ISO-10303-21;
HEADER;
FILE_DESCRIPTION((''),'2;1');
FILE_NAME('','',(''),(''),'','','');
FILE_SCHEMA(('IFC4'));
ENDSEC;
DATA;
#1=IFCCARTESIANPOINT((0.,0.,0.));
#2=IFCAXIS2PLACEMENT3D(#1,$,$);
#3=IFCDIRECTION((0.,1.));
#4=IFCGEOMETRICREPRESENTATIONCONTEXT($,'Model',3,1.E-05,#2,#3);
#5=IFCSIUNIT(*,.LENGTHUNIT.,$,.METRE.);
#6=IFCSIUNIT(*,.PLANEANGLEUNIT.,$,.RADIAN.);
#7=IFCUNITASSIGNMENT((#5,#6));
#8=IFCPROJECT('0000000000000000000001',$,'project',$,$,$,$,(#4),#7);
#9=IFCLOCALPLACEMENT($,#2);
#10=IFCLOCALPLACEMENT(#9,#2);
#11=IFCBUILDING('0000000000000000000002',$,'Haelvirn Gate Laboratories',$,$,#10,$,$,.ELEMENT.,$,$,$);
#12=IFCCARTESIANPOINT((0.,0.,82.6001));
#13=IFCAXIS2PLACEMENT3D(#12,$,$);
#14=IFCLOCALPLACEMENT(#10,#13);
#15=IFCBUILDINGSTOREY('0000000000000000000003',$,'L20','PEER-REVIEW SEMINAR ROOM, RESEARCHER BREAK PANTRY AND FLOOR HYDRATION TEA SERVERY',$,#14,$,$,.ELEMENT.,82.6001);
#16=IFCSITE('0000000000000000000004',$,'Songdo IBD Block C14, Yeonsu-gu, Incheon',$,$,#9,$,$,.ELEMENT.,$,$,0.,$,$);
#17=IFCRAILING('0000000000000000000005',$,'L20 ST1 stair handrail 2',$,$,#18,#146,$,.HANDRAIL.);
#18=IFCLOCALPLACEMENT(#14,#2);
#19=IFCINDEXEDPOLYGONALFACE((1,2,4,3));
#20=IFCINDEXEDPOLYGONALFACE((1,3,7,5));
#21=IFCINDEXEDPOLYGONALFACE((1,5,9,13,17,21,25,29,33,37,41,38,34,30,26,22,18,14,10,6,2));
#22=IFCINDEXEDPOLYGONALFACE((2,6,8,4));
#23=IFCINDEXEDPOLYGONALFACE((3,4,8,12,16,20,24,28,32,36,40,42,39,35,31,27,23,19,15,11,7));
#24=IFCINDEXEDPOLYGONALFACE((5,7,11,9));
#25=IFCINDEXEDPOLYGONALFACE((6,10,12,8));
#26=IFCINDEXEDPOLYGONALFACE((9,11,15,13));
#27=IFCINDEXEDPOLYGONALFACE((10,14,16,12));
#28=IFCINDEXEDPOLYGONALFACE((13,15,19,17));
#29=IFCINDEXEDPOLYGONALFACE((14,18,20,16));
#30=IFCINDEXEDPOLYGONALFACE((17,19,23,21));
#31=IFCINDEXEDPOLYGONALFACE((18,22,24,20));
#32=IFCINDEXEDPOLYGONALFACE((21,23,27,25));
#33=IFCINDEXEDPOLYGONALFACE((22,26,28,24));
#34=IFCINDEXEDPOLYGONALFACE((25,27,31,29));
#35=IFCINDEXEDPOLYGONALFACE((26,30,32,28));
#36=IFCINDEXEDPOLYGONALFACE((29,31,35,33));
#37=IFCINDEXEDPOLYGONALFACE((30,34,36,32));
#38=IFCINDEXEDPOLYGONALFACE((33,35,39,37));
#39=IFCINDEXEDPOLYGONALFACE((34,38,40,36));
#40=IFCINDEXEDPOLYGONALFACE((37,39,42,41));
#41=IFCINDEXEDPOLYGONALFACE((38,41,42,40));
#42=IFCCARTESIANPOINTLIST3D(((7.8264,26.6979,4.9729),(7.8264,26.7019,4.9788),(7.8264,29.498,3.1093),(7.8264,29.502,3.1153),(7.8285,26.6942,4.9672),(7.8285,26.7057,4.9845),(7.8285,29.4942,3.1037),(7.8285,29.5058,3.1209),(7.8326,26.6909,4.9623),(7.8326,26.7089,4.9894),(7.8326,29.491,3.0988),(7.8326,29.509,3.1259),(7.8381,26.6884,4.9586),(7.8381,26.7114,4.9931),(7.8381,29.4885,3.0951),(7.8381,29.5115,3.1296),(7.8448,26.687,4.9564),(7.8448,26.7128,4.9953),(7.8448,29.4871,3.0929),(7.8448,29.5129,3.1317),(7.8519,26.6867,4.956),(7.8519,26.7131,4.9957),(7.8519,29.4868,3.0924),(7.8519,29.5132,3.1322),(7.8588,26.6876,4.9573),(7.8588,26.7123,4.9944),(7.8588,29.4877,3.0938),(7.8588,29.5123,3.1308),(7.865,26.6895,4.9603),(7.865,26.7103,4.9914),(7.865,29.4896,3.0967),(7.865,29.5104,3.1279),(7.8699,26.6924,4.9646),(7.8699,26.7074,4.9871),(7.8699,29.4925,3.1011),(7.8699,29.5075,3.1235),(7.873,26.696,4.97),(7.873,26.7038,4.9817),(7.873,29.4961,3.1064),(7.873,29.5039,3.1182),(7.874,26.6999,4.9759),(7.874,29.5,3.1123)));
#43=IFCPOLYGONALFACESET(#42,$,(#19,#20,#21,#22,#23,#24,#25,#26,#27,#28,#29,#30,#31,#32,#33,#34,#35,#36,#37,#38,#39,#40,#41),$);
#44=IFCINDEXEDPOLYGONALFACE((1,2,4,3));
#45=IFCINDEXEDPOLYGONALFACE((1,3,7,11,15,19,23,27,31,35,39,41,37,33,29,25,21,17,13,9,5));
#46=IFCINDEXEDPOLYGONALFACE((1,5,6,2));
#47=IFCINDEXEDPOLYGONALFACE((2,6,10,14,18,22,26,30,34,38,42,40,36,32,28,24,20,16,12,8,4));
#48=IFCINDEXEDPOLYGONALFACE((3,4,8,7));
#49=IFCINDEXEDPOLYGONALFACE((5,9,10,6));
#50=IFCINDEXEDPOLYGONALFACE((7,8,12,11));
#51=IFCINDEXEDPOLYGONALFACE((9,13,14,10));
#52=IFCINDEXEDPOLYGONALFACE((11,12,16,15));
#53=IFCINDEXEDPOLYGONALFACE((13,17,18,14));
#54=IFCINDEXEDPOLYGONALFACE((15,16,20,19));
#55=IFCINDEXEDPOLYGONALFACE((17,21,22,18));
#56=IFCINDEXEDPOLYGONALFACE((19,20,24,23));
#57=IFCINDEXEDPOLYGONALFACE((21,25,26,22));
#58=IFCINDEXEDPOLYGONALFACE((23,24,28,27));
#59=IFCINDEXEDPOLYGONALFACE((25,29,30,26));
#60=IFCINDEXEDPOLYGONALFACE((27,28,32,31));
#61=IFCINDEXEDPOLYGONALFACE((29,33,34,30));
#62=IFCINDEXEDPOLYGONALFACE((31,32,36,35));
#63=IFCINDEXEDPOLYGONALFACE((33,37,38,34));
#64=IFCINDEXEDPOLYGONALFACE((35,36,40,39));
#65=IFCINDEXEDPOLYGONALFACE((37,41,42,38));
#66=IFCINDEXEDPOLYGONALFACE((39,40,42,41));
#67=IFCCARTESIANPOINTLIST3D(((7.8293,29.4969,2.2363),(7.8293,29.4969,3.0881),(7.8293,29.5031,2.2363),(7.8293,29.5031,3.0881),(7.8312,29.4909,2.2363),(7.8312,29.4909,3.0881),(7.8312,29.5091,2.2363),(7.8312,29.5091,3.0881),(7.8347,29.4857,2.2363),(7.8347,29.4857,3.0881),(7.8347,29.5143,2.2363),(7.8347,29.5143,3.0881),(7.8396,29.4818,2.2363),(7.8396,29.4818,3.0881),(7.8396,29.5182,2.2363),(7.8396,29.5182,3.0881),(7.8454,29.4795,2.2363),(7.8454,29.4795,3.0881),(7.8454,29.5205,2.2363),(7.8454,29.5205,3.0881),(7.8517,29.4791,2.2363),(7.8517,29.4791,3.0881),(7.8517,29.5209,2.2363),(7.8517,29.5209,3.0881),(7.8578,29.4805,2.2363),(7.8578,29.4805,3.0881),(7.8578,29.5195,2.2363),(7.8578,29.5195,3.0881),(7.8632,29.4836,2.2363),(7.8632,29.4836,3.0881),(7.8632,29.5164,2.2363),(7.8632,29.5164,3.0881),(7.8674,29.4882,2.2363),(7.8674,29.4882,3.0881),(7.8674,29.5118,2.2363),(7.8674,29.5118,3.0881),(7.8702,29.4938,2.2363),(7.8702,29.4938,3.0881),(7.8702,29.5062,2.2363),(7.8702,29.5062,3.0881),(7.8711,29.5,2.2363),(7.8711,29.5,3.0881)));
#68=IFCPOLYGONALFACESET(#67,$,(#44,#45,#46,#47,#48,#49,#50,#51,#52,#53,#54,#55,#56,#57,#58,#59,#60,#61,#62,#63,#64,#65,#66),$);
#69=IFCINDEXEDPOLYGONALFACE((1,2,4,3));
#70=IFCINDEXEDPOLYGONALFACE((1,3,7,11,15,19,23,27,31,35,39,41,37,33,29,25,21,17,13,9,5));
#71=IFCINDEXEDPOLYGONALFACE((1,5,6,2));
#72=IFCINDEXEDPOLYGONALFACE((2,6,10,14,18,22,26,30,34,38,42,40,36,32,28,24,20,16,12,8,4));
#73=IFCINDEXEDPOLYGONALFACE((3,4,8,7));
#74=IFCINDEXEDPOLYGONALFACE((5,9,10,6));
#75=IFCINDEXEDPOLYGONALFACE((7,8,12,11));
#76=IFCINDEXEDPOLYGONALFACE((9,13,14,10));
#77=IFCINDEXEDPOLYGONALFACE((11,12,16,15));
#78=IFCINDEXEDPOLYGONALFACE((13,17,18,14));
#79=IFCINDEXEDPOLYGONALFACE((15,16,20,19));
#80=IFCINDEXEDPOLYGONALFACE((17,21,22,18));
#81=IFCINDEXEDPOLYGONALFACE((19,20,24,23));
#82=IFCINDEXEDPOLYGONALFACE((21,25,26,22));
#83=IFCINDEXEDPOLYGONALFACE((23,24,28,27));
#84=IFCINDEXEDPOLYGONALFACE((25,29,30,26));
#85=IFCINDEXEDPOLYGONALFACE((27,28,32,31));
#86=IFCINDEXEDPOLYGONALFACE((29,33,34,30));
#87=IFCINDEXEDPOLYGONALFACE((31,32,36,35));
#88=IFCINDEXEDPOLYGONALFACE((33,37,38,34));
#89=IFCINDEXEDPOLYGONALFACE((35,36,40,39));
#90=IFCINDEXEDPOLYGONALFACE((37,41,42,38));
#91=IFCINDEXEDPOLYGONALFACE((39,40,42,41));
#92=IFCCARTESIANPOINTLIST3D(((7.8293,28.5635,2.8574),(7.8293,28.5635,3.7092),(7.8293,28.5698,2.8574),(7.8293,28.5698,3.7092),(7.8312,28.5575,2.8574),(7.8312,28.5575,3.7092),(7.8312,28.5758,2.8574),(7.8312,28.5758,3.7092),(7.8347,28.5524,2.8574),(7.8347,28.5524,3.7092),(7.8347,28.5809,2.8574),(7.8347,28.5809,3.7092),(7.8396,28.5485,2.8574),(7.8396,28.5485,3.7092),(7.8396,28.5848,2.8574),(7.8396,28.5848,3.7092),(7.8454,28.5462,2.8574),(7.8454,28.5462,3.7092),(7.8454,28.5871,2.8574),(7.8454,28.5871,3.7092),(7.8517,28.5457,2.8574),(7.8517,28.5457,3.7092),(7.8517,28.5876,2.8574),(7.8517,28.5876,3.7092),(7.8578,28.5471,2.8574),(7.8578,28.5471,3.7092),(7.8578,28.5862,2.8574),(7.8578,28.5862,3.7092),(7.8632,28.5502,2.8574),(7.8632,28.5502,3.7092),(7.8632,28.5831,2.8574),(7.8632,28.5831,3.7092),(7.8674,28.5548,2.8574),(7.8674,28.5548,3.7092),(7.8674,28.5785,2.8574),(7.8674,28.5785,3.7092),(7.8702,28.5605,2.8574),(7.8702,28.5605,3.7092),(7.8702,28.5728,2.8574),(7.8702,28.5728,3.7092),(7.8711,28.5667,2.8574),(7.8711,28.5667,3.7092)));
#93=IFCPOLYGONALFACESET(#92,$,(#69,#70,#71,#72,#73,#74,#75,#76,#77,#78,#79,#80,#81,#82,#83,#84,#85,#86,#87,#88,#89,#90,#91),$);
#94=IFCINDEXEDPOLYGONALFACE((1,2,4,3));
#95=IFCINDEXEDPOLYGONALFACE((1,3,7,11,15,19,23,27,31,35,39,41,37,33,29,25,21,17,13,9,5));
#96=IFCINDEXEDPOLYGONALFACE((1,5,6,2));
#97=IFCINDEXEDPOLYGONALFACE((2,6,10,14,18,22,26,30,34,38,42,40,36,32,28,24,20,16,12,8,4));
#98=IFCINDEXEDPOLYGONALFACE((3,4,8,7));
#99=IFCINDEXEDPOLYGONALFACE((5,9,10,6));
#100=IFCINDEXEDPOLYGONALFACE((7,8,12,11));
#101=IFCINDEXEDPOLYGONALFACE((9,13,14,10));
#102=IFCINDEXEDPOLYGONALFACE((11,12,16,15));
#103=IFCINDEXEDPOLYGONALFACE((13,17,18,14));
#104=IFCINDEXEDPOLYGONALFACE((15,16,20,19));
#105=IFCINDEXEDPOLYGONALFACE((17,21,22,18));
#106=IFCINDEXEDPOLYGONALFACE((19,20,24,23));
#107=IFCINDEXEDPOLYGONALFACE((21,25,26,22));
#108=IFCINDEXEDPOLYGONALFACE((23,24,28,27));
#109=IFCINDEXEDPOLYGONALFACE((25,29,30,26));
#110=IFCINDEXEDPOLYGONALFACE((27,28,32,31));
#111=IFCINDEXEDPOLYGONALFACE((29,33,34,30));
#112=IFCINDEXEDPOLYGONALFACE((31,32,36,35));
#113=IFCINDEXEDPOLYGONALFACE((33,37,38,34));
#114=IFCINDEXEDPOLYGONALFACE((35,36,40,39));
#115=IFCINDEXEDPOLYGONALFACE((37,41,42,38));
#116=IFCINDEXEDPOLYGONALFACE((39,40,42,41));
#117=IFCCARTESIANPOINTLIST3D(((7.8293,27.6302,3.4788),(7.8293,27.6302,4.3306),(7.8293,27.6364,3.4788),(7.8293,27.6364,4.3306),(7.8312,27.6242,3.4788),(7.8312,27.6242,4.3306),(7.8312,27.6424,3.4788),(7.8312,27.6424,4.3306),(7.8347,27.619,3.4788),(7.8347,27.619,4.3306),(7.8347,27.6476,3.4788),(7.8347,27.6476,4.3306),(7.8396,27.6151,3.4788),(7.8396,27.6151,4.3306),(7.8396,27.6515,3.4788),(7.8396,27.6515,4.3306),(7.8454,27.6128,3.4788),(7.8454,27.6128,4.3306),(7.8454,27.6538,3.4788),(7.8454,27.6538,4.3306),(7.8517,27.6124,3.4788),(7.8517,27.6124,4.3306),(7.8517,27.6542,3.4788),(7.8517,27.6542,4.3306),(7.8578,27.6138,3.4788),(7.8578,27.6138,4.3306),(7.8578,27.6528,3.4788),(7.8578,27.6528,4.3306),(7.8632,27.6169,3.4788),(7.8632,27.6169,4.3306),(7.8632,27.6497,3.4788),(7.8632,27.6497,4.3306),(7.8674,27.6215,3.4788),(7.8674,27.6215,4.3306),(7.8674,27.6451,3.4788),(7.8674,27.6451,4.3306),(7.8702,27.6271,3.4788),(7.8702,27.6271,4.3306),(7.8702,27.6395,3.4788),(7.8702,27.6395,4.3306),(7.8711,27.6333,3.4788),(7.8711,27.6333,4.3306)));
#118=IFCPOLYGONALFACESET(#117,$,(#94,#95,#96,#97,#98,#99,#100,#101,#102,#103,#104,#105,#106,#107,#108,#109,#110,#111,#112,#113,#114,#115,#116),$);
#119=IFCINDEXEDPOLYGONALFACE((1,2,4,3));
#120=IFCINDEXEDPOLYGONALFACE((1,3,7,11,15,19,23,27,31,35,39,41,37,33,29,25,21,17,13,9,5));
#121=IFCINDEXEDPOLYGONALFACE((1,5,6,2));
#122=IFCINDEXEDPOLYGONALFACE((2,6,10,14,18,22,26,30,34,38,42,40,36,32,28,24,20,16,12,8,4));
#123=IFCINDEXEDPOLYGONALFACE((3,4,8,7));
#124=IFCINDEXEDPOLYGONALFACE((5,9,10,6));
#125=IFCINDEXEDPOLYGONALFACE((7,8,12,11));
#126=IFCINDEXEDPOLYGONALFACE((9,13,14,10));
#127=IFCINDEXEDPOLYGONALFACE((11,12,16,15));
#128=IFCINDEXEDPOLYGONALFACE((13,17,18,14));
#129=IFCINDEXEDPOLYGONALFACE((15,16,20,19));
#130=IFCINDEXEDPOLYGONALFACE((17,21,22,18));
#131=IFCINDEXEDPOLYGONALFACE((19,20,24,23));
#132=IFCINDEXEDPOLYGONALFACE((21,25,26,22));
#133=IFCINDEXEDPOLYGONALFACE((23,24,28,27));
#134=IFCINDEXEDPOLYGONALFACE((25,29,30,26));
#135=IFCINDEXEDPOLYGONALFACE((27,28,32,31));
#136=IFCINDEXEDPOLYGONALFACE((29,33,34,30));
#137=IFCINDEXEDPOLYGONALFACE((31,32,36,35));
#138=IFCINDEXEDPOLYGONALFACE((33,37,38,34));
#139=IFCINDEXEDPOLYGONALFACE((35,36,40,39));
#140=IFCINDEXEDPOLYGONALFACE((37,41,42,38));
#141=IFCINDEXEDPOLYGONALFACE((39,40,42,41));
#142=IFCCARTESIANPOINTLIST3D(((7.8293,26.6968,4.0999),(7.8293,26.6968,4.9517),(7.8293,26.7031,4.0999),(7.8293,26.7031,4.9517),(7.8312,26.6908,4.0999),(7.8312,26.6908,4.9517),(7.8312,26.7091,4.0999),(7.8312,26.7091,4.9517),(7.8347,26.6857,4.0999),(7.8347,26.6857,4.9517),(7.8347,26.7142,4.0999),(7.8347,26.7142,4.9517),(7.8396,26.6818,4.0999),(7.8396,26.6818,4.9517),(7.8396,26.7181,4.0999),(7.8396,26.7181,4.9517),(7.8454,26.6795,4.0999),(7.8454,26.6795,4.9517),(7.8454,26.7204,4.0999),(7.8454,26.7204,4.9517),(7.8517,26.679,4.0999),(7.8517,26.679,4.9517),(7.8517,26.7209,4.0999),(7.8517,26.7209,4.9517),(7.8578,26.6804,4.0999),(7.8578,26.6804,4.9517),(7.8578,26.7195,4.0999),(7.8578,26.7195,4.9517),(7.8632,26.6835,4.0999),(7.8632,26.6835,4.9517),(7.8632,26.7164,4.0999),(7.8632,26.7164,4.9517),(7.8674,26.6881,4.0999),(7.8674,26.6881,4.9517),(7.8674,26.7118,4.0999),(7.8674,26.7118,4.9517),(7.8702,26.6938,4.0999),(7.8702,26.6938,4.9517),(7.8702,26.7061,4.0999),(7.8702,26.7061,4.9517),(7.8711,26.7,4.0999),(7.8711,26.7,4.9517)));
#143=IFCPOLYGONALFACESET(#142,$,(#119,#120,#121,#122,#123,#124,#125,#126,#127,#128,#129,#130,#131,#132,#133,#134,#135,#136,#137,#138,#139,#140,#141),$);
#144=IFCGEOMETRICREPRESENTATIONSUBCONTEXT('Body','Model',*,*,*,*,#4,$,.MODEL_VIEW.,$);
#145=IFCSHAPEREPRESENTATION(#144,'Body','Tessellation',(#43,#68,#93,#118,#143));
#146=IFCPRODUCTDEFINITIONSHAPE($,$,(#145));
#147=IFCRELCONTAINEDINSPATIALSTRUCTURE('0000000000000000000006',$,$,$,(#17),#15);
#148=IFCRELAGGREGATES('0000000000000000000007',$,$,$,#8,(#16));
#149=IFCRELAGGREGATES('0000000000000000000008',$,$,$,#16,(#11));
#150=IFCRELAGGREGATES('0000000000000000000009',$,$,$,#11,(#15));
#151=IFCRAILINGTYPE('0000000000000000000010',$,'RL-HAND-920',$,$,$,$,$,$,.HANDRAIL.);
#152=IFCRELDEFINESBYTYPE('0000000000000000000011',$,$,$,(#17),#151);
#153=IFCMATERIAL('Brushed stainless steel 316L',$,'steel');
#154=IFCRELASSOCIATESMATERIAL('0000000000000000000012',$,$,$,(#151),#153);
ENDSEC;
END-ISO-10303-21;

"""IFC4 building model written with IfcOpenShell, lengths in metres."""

from ifc_helpers import new_model, si_unit, direction, frame, origin, origin_2d, place, context, subcontext, project, spatial, circle, extrude, source, transform, mapped, material, type_object, element, save


model = new_model("IFC4")

# Units and contexts
model_context = context("Model", 3, precision=1e-05, world=origin(), true_north=direction((0.0, 1.0)))
body_context = subcontext(model_context, "Body", "Model", "MODEL_VIEW")
ifc_project = project(units=[si_unit("LENGTHUNIT", "METRE"), si_unit("PLANEANGLEUNIT", "RADIAN")], contexts=[model_context])

# Site, building, storey
site_placement = place(None, origin())
site = spatial("IfcSite", under=ifc_project, at=site_placement, Name="Songdo IBD Block C14, Yeonsu-gu, Incheon", CompositionType="ELEMENT", RefElevation=0.0)
building_placement = place(site_placement, origin())
building = spatial("IfcBuilding", under=site, at=building_placement, Name="Haelvirn Gate Laboratories", CompositionType="ELEMENT")
storey_placement = place(building_placement, frame((0.0, 0.0, 82.6001)))
storey = spatial("IfcBuildingStorey", under=building, at=storey_placement, Name="L20", Description="PEER-REVIEW SEMINAR ROOM, RESEARCHER BREAK PANTRY AND FLOOR HYDRATION TEA SERVERY", CompositionType="ELEMENT", Elevation=82.6001)

# Railing
ifc_material_1 = material(Name="Brushed stainless steel 316L", Category="steel")
railing_type_1 = type_object("IfcRailingType", Name="RL-HAND-920", PredefinedType="HANDRAIL", material=ifc_material_1)
shared_shape_1 = source(origin(), body_context, "Body", "SweptSolid", [
    extrude(circle(Radius=0.0239, at=origin_2d()), frame((0.0, 0.0, 0.876), z_axis=(0.0, -0.832486, 0.554047), x_axis=(1.0, 0.0, 0.0)), (0.0, 0.0, 1.0), 3.3635),
    extrude(circle(Radius=0.021, at=origin_2d()), origin(), (0.0, 0.0, 1.0), 0.8518),
    extrude(circle(Radius=0.021, at=origin_2d()), frame((0.0, -0.9333, 0.6211)), (0.0, 0.0, 1.0), 0.8518),
    extrude(circle(Radius=0.021, at=origin_2d()), frame((0.0, -1.8667, 1.2424)), (0.0, 0.0, 1.0), 0.8518),
    extrude(circle(Radius=0.021, at=origin_2d()), frame((0.0, -2.8, 1.8635)), (0.0, 0.0, 1.0), 0.8518),
])
railing_1_placement = place(storey_placement, frame((7.8501, 29.5, 2.2363)))
element("IfcRailing", 1, at=railing_1_placement, inside=storey, type_object=railing_type_1, Name="L20 ST1 stair handrail 2", PredefinedType="HANDRAIL", context=body_context, shape_type="MappedRepresentation", body=[
    mapped(shared_shape_1, transform((0.0, 0.0, 0.0), scale=1.0)),
])

save(model, "model.ifc")
